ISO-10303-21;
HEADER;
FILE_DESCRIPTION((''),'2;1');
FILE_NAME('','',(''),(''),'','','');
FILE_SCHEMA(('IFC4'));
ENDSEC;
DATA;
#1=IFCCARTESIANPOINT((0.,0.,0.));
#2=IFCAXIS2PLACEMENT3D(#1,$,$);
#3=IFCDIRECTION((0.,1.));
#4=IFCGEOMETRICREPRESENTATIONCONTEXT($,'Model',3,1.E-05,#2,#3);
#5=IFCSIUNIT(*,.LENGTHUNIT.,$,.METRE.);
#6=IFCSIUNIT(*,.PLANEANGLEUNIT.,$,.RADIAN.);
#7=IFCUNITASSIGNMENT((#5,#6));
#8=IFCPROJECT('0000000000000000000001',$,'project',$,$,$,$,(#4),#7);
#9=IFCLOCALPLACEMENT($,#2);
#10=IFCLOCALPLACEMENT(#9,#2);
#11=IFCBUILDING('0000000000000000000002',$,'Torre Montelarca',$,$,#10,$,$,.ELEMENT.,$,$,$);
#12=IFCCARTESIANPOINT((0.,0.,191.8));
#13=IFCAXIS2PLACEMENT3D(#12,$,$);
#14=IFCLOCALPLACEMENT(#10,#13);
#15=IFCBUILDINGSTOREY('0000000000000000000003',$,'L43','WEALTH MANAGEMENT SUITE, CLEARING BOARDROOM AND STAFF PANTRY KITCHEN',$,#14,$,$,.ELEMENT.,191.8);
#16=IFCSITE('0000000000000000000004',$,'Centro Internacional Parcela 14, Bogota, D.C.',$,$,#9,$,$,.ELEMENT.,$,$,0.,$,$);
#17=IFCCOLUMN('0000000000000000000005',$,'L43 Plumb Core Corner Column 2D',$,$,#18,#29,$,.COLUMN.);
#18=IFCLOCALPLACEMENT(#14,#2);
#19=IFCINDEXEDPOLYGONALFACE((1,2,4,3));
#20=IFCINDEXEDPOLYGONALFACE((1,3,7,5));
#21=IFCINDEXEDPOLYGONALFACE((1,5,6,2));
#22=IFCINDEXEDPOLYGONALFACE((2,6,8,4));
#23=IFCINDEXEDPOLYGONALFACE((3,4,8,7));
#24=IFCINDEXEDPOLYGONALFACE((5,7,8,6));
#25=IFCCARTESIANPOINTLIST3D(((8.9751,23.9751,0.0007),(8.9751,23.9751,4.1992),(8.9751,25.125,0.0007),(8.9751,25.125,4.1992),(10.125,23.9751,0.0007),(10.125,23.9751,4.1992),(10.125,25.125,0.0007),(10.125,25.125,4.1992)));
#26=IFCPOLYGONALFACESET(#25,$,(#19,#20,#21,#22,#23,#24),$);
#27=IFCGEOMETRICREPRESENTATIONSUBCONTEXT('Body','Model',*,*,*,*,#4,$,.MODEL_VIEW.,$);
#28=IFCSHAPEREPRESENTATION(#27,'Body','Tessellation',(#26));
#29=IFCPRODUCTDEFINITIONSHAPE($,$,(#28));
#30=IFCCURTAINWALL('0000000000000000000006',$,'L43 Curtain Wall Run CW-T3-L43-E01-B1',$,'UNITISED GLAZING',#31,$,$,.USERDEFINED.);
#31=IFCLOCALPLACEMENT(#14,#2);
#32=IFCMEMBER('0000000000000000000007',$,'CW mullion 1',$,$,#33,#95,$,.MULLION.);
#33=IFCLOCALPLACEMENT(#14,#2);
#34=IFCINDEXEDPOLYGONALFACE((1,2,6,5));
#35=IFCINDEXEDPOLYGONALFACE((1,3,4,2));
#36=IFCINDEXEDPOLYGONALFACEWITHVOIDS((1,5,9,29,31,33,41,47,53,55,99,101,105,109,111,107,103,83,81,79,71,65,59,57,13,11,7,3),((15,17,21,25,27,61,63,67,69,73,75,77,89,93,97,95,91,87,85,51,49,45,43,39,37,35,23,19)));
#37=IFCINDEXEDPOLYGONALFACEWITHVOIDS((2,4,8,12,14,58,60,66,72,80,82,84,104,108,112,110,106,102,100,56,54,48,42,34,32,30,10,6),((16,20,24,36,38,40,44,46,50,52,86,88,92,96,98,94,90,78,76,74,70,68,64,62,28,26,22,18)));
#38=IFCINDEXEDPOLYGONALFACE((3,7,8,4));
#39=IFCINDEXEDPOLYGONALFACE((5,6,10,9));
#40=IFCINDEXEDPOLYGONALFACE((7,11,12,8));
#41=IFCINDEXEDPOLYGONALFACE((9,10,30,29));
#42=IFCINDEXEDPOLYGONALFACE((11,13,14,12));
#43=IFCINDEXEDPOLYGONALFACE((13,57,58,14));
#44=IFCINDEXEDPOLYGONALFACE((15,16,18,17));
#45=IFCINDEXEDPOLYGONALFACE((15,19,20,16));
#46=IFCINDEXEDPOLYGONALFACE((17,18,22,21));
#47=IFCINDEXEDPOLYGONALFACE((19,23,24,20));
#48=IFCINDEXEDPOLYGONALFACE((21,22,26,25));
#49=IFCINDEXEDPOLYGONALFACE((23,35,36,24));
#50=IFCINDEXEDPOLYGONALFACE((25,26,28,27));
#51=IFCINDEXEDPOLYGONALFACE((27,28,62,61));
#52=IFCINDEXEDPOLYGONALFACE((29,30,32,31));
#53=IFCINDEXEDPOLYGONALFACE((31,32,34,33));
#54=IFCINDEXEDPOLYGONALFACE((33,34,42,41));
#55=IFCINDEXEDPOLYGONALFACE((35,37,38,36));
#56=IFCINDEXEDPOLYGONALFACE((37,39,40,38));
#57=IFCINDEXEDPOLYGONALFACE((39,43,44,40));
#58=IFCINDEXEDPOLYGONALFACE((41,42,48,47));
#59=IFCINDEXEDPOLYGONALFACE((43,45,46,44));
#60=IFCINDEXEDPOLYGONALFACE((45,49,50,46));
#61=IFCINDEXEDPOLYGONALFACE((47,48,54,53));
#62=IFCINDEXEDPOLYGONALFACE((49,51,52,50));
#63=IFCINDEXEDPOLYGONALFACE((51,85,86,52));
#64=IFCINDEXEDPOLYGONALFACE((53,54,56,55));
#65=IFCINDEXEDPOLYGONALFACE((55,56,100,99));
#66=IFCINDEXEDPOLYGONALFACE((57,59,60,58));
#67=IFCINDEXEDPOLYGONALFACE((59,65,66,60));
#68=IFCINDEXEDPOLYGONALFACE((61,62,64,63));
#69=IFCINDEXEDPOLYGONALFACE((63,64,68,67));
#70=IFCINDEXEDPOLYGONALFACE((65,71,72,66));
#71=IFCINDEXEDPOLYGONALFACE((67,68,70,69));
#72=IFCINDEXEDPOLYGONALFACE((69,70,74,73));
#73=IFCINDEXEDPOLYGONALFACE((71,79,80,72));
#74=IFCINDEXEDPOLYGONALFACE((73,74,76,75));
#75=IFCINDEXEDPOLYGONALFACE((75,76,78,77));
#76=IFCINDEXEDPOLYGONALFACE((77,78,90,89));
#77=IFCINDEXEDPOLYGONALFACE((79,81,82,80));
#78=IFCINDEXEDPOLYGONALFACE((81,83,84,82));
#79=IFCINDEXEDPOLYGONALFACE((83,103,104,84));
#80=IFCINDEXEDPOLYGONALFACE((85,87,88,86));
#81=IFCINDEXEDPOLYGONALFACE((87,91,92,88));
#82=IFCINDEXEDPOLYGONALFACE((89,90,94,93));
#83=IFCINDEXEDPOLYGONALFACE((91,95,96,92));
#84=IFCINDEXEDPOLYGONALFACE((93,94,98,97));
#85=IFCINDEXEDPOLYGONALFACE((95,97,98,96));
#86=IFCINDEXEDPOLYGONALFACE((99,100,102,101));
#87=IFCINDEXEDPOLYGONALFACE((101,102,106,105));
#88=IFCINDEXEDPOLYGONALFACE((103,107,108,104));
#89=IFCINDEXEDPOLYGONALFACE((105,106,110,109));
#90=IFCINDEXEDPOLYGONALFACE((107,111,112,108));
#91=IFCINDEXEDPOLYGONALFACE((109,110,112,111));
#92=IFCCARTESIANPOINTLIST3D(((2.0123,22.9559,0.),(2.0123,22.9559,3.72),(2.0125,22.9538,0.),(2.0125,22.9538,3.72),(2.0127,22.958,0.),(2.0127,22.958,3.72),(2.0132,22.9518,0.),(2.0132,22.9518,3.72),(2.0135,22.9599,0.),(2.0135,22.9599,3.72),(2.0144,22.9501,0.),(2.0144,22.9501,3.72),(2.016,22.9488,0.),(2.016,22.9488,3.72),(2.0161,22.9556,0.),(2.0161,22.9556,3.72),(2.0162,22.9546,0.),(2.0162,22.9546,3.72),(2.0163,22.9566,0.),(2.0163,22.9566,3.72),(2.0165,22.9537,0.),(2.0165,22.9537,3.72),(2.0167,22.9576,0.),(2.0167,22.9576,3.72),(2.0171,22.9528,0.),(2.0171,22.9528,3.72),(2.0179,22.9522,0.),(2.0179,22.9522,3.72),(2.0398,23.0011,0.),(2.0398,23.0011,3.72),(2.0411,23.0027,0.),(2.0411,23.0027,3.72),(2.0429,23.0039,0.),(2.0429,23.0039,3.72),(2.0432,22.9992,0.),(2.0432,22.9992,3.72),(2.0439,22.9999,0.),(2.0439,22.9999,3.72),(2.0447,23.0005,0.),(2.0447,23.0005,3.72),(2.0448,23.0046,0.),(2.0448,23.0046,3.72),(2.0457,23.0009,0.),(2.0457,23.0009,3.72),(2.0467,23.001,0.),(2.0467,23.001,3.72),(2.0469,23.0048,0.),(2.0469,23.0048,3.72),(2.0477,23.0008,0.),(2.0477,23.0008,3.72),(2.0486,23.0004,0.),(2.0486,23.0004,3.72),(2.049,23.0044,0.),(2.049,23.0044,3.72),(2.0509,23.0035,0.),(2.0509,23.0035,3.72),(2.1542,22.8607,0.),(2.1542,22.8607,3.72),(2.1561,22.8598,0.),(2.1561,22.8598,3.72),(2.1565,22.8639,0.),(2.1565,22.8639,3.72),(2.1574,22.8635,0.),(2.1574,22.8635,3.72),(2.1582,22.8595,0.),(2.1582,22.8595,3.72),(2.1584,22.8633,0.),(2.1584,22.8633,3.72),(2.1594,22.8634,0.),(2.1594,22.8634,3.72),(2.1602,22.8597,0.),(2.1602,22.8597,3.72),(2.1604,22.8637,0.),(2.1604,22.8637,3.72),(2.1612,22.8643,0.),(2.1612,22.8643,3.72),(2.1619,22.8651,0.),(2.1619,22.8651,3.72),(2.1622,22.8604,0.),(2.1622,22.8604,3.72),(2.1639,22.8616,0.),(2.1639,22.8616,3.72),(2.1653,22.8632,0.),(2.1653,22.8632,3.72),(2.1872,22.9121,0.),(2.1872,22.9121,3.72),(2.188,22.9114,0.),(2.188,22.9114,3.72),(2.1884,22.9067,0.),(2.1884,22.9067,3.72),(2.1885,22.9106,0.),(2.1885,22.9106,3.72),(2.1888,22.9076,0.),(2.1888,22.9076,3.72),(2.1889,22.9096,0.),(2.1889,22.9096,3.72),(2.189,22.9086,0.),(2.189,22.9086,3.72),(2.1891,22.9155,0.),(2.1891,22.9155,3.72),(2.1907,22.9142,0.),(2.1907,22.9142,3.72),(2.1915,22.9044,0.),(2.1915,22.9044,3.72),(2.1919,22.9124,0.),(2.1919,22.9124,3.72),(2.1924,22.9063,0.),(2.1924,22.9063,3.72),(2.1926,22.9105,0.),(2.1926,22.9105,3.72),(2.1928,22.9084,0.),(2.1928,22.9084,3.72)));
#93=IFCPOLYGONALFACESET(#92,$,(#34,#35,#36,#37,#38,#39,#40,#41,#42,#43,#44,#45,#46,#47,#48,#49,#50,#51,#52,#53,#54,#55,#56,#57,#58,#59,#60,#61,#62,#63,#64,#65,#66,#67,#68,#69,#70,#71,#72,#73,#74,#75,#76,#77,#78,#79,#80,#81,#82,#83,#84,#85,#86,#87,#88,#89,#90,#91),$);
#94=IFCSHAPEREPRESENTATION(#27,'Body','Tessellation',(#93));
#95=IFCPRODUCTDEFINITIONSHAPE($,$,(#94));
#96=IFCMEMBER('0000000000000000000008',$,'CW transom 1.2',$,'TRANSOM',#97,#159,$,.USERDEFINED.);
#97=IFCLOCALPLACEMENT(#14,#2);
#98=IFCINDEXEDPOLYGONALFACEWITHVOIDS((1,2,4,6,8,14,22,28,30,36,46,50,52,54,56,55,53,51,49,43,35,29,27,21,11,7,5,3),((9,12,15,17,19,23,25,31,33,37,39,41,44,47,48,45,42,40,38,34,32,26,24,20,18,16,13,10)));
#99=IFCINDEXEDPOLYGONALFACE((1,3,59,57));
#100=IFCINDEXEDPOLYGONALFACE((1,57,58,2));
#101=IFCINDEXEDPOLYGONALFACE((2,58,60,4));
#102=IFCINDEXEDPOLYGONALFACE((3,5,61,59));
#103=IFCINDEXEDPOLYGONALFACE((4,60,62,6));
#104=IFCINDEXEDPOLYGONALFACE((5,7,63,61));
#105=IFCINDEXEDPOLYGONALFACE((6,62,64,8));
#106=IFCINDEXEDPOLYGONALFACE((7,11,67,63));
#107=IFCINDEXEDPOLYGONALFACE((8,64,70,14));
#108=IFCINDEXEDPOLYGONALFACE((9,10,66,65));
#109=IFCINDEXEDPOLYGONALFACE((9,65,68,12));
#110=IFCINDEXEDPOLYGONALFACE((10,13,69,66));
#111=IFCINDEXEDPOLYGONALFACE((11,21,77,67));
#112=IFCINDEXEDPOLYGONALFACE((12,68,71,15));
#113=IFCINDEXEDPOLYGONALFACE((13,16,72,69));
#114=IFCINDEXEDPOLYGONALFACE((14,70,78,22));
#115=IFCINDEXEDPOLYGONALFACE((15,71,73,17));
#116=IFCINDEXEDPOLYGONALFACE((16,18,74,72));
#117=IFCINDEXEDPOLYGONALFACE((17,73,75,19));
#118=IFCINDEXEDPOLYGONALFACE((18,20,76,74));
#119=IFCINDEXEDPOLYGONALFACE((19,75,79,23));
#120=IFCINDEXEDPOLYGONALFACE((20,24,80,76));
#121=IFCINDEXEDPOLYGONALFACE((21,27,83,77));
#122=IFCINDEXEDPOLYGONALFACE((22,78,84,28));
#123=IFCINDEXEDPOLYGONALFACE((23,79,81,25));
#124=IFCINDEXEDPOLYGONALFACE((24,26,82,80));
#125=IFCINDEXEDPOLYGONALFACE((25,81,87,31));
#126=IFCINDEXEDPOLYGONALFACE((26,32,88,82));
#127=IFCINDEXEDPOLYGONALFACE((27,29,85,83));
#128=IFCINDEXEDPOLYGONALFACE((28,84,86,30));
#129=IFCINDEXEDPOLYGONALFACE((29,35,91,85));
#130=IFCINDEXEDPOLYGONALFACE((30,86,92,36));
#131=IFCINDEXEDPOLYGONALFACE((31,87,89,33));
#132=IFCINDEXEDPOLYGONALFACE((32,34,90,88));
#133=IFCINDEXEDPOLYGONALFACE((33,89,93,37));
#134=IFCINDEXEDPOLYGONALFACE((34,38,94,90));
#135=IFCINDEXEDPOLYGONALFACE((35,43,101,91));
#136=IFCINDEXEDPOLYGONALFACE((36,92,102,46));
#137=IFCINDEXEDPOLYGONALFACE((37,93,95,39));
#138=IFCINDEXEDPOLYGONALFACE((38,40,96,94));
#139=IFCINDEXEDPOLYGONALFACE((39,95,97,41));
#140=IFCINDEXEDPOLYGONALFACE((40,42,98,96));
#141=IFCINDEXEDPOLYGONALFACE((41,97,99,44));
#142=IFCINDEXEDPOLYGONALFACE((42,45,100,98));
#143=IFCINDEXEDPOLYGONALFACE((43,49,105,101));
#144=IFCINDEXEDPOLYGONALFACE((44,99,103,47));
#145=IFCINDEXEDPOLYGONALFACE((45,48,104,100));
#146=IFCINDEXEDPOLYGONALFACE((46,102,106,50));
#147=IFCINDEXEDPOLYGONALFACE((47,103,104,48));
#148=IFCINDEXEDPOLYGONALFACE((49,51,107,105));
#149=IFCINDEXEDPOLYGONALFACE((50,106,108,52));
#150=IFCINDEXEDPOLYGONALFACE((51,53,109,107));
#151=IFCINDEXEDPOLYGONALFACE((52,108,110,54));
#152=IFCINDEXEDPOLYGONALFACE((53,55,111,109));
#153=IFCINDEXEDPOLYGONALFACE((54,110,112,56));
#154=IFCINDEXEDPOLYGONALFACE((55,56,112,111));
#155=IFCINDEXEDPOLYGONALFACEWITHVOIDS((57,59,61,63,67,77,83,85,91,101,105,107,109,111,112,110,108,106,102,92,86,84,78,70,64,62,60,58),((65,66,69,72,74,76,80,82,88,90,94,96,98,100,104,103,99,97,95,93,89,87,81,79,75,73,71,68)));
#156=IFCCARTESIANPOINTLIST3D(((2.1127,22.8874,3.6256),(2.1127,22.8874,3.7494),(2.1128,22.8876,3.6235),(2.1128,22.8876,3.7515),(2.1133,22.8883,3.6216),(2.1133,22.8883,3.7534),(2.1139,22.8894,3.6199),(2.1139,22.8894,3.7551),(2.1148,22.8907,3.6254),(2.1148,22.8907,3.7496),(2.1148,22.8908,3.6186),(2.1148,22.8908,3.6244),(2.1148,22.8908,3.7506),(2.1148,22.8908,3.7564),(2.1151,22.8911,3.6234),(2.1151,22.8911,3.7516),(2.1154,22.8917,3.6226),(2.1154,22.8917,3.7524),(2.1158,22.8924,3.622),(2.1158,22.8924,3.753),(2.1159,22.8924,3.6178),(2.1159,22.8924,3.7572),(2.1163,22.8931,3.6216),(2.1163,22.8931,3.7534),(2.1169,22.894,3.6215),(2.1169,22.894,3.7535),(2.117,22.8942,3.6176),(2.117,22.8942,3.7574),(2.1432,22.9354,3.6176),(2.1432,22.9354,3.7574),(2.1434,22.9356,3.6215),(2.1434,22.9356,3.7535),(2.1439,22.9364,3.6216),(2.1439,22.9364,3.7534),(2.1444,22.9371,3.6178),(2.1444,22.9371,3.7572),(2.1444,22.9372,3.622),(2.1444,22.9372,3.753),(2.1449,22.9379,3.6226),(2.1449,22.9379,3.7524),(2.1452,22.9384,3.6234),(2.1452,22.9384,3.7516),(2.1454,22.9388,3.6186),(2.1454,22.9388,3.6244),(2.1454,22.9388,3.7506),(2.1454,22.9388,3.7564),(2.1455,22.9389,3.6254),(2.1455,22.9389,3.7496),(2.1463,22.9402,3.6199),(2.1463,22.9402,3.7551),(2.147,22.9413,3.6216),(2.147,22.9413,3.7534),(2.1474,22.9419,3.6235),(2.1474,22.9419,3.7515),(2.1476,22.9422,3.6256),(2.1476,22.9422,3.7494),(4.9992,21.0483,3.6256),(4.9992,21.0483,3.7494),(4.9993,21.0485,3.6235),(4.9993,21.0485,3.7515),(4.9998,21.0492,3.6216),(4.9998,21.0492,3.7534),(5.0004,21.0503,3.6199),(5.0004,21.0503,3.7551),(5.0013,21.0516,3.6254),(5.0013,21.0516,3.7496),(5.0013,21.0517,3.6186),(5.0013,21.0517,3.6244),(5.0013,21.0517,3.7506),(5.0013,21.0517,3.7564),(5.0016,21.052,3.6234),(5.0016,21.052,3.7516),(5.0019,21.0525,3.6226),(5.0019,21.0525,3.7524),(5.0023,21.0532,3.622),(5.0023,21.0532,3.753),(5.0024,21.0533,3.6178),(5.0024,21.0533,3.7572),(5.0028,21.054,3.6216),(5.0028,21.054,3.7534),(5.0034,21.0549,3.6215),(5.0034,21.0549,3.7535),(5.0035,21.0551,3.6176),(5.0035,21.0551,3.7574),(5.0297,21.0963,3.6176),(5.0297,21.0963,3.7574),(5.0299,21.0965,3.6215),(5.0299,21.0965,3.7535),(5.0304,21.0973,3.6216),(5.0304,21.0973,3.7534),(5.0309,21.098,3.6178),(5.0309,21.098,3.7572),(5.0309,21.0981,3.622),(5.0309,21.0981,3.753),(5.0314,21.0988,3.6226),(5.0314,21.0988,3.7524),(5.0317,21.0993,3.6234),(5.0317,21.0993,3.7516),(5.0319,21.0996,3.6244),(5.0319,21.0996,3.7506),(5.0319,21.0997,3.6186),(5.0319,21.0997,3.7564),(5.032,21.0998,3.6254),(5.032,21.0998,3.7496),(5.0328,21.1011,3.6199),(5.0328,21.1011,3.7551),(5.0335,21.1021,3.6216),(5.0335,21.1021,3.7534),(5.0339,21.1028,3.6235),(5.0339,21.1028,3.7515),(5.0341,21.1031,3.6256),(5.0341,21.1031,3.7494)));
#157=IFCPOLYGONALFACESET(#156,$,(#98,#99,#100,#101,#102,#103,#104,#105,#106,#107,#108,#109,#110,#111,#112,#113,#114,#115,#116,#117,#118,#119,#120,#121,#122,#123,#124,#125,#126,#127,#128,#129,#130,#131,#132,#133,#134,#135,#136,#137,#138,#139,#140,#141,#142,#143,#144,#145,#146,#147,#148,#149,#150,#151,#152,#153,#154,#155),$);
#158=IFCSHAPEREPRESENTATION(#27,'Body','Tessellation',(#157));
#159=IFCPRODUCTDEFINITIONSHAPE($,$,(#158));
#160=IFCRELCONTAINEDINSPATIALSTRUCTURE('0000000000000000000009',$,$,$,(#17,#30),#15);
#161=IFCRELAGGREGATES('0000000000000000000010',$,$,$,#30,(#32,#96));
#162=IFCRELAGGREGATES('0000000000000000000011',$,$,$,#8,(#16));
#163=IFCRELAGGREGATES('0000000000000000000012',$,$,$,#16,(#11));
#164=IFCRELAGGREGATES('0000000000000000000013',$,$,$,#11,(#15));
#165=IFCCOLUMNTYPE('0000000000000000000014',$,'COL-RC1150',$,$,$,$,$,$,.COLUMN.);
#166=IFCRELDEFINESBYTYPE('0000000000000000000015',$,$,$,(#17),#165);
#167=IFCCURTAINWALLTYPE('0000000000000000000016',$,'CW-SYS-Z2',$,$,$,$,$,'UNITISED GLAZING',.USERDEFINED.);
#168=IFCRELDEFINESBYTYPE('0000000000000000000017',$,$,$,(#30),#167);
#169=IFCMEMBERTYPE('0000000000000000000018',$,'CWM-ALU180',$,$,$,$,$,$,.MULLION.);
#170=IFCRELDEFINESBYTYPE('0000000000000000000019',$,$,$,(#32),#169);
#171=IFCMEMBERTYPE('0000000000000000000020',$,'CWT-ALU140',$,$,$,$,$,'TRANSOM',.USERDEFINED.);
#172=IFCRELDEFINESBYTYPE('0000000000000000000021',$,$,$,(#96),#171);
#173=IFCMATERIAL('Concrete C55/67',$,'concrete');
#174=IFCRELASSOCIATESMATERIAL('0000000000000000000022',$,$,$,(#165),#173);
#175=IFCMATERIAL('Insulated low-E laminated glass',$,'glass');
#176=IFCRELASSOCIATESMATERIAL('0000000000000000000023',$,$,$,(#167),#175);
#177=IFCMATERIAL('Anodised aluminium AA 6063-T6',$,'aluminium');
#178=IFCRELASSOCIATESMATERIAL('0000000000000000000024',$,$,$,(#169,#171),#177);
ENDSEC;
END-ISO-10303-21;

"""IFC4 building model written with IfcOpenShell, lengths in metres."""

from ifc_helpers import new_model, si_unit, direction, frame, origin, origin_2d, place, context, subcontext, project, spatial, rectangle, hollow_rectangle, extrude, source, transform, mapped, material, material_profile, profile_set, type_object, element, aggregate, save


model = new_model("IFC4")

# Units and contexts
model_context = context("Model", 3, precision=1e-05, world=origin(), true_north=direction((0.0, 1.0)))
body_context = subcontext(model_context, "Body", "Model", "MODEL_VIEW")
ifc_project = project(units=[si_unit("LENGTHUNIT", "METRE"), si_unit("PLANEANGLEUNIT", "RADIAN")], contexts=[model_context])

# Site, building, storey
site_placement = place(None, origin())
site = spatial("IfcSite", under=ifc_project, at=site_placement, Name="Centro Internacional Parcela 14, Bogota, D.C.", CompositionType="ELEMENT", RefElevation=0.0)
building_placement = place(site_placement, origin())
building = spatial("IfcBuilding", under=site, at=building_placement, Name="Torre Montelarca", CompositionType="ELEMENT")
storey_placement = place(building_placement, frame((0.0, 0.0, 191.8)))
storey = spatial("IfcBuildingStorey", under=building, at=storey_placement, Name="L43", Description="WEALTH MANAGEMENT SUITE, CLEARING BOARDROOM AND STAFF PANTRY KITCHEN", CompositionType="ELEMENT", Elevation=191.8)

# Column
ifc_material_1 = material(Name="Concrete C55/67", Category="concrete")
ifc_material_profile_1 = material_profile(ifc_material_1, rectangle(XDim=1.1499, YDim=1.1499, at=origin_2d()), Name="RC1150X1150", Category="concrete")
ifc_profile_set_1 = profile_set([ifc_material_profile_1], Name="Concrete C55/67")
column_type_1 = type_object("IfcColumnType", Name="COL-RC1150", PredefinedType="COLUMN", material=ifc_profile_set_1)
shared_shape_1 = source(origin(), body_context, "Body", "SweptSolid", [
    extrude(rectangle(XDim=1.1499, YDim=1.1499, at=origin_2d()), origin(), (0.0, 0.0, 1.0), 4.1985),
])
column_1_placement = place(storey_placement, frame((9.55, 24.55, 0.0007), z_axis=(0.0, 0.0, 1.0), x_axis=(1.0, 0.0, 0.0)))
element("IfcColumn", 1, at=column_1_placement, inside=storey, type_object=column_type_1, Name="L43 Plumb Core Corner Column 2D", PredefinedType="COLUMN", context=body_context, shape_type="MappedRepresentation", body=[
    mapped(shared_shape_1, transform((0.0, 0.0, 0.0), scale=1.0)),
])

# Curtain wall, members
ifc_material_2 = material(Name="Insulated low-E laminated glass", Category="glass")
curtain_wall_type = type_object("IfcCurtainWallType", Name="CW-SYS-Z2", ElementType="UNITISED GLAZING", PredefinedType="USERDEFINED", material=ifc_material_2)
curtain_wall_placement = place(storey_placement, origin())
curtain_wall = element("IfcCurtainWall", 2, at=curtain_wall_placement, inside=storey, type_object=curtain_wall_type, Name="L43 Curtain Wall Run CW-T3-L43-E01-B1", ObjectType="UNITISED GLAZING", PredefinedType="USERDEFINED")
ifc_material_3 = material(Name="Anodised aluminium AA 6063-T6", Category="aluminium")
ifc_material_profile_2 = material_profile(ifc_material_3, hollow_rectangle(XDim=0.0649, YDim=0.1799, WallThickness=0.0039, InnerFilletRadius=0.0039, OuterFilletRadius=0.0081, at=origin_2d()), Name="ALU65X180X4", Category="aluminium")
ifc_profile_set_2 = profile_set([ifc_material_profile_2], Name="Anodised aluminium AA 6063-T6")
member_type_1 = type_object("IfcMemberType", Name="CWM-ALU180", PredefinedType="MULLION", material=ifc_profile_set_2)
shared_shape_2 = source(origin(), body_context, "Body", "SweptSolid", [
    extrude(hollow_rectangle(XDim=0.0649, YDim=0.1799, WallThickness=0.0039, InnerFilletRadius=0.0039, OuterFilletRadius=0.0081, at=origin_2d()), origin(), (0.0, 0.0, 1.0), 3.72),
])
member_1_placement = place(storey_placement, frame((2.1025, 22.9321, 0.0), z_axis=(0.0, 0.0, 1.0), x_axis=(0.537306, 0.843388, 0.0)))
member_1 = element("IfcMember", 3, at=member_1_placement, type_object=member_type_1, Name="CW mullion 1", PredefinedType="MULLION", context=body_context, shape_type="MappedRepresentation", body=[
    mapped(shared_shape_2, transform((0.0, 0.0, 0.0), scale=1.0)),
])
ifc_material_profile_3 = material_profile(ifc_material_3, hollow_rectangle(XDim=0.0649, YDim=0.1399, WallThickness=0.0039, InnerFilletRadius=0.0039, OuterFilletRadius=0.0081, at=origin_2d()), Name="ALU65X140X4", Category="aluminium")
ifc_profile_set_3 = profile_set([ifc_material_profile_3], Name="Anodised aluminium AA 6063-T6")
member_type_2 = type_object("IfcMemberType", Name="CWT-ALU140", ElementType="TRANSOM", PredefinedType="USERDEFINED", material=ifc_profile_set_3)
shared_shape_3 = source(origin(), body_context, "Body", "SweptSolid", [
    extrude(hollow_rectangle(XDim=0.0649, YDim=0.1399, WallThickness=0.0039, InnerFilletRadius=0.0039, OuterFilletRadius=0.0081, at=origin_2d()), origin(), (0.0, 0.0, 1.0), 3.4226),
])
member_2_placement = place(storey_placement, frame((2.1301, 22.9148, 3.6875), z_axis=(0.843362, -0.537346, 0.0), x_axis=(0.537346, 0.843362, 0.0)))
member_2 = element("IfcMember", 4, at=member_2_placement, type_object=member_type_2, Name="CW transom 1.2", ObjectType="TRANSOM", PredefinedType="USERDEFINED", context=body_context, shape_type="MappedRepresentation", body=[
    mapped(shared_shape_3, transform((0.0, 0.0, 0.0), scale=1.0)),
])
aggregate(curtain_wall, [member_1, member_2])

save(model, "model.ifc")
